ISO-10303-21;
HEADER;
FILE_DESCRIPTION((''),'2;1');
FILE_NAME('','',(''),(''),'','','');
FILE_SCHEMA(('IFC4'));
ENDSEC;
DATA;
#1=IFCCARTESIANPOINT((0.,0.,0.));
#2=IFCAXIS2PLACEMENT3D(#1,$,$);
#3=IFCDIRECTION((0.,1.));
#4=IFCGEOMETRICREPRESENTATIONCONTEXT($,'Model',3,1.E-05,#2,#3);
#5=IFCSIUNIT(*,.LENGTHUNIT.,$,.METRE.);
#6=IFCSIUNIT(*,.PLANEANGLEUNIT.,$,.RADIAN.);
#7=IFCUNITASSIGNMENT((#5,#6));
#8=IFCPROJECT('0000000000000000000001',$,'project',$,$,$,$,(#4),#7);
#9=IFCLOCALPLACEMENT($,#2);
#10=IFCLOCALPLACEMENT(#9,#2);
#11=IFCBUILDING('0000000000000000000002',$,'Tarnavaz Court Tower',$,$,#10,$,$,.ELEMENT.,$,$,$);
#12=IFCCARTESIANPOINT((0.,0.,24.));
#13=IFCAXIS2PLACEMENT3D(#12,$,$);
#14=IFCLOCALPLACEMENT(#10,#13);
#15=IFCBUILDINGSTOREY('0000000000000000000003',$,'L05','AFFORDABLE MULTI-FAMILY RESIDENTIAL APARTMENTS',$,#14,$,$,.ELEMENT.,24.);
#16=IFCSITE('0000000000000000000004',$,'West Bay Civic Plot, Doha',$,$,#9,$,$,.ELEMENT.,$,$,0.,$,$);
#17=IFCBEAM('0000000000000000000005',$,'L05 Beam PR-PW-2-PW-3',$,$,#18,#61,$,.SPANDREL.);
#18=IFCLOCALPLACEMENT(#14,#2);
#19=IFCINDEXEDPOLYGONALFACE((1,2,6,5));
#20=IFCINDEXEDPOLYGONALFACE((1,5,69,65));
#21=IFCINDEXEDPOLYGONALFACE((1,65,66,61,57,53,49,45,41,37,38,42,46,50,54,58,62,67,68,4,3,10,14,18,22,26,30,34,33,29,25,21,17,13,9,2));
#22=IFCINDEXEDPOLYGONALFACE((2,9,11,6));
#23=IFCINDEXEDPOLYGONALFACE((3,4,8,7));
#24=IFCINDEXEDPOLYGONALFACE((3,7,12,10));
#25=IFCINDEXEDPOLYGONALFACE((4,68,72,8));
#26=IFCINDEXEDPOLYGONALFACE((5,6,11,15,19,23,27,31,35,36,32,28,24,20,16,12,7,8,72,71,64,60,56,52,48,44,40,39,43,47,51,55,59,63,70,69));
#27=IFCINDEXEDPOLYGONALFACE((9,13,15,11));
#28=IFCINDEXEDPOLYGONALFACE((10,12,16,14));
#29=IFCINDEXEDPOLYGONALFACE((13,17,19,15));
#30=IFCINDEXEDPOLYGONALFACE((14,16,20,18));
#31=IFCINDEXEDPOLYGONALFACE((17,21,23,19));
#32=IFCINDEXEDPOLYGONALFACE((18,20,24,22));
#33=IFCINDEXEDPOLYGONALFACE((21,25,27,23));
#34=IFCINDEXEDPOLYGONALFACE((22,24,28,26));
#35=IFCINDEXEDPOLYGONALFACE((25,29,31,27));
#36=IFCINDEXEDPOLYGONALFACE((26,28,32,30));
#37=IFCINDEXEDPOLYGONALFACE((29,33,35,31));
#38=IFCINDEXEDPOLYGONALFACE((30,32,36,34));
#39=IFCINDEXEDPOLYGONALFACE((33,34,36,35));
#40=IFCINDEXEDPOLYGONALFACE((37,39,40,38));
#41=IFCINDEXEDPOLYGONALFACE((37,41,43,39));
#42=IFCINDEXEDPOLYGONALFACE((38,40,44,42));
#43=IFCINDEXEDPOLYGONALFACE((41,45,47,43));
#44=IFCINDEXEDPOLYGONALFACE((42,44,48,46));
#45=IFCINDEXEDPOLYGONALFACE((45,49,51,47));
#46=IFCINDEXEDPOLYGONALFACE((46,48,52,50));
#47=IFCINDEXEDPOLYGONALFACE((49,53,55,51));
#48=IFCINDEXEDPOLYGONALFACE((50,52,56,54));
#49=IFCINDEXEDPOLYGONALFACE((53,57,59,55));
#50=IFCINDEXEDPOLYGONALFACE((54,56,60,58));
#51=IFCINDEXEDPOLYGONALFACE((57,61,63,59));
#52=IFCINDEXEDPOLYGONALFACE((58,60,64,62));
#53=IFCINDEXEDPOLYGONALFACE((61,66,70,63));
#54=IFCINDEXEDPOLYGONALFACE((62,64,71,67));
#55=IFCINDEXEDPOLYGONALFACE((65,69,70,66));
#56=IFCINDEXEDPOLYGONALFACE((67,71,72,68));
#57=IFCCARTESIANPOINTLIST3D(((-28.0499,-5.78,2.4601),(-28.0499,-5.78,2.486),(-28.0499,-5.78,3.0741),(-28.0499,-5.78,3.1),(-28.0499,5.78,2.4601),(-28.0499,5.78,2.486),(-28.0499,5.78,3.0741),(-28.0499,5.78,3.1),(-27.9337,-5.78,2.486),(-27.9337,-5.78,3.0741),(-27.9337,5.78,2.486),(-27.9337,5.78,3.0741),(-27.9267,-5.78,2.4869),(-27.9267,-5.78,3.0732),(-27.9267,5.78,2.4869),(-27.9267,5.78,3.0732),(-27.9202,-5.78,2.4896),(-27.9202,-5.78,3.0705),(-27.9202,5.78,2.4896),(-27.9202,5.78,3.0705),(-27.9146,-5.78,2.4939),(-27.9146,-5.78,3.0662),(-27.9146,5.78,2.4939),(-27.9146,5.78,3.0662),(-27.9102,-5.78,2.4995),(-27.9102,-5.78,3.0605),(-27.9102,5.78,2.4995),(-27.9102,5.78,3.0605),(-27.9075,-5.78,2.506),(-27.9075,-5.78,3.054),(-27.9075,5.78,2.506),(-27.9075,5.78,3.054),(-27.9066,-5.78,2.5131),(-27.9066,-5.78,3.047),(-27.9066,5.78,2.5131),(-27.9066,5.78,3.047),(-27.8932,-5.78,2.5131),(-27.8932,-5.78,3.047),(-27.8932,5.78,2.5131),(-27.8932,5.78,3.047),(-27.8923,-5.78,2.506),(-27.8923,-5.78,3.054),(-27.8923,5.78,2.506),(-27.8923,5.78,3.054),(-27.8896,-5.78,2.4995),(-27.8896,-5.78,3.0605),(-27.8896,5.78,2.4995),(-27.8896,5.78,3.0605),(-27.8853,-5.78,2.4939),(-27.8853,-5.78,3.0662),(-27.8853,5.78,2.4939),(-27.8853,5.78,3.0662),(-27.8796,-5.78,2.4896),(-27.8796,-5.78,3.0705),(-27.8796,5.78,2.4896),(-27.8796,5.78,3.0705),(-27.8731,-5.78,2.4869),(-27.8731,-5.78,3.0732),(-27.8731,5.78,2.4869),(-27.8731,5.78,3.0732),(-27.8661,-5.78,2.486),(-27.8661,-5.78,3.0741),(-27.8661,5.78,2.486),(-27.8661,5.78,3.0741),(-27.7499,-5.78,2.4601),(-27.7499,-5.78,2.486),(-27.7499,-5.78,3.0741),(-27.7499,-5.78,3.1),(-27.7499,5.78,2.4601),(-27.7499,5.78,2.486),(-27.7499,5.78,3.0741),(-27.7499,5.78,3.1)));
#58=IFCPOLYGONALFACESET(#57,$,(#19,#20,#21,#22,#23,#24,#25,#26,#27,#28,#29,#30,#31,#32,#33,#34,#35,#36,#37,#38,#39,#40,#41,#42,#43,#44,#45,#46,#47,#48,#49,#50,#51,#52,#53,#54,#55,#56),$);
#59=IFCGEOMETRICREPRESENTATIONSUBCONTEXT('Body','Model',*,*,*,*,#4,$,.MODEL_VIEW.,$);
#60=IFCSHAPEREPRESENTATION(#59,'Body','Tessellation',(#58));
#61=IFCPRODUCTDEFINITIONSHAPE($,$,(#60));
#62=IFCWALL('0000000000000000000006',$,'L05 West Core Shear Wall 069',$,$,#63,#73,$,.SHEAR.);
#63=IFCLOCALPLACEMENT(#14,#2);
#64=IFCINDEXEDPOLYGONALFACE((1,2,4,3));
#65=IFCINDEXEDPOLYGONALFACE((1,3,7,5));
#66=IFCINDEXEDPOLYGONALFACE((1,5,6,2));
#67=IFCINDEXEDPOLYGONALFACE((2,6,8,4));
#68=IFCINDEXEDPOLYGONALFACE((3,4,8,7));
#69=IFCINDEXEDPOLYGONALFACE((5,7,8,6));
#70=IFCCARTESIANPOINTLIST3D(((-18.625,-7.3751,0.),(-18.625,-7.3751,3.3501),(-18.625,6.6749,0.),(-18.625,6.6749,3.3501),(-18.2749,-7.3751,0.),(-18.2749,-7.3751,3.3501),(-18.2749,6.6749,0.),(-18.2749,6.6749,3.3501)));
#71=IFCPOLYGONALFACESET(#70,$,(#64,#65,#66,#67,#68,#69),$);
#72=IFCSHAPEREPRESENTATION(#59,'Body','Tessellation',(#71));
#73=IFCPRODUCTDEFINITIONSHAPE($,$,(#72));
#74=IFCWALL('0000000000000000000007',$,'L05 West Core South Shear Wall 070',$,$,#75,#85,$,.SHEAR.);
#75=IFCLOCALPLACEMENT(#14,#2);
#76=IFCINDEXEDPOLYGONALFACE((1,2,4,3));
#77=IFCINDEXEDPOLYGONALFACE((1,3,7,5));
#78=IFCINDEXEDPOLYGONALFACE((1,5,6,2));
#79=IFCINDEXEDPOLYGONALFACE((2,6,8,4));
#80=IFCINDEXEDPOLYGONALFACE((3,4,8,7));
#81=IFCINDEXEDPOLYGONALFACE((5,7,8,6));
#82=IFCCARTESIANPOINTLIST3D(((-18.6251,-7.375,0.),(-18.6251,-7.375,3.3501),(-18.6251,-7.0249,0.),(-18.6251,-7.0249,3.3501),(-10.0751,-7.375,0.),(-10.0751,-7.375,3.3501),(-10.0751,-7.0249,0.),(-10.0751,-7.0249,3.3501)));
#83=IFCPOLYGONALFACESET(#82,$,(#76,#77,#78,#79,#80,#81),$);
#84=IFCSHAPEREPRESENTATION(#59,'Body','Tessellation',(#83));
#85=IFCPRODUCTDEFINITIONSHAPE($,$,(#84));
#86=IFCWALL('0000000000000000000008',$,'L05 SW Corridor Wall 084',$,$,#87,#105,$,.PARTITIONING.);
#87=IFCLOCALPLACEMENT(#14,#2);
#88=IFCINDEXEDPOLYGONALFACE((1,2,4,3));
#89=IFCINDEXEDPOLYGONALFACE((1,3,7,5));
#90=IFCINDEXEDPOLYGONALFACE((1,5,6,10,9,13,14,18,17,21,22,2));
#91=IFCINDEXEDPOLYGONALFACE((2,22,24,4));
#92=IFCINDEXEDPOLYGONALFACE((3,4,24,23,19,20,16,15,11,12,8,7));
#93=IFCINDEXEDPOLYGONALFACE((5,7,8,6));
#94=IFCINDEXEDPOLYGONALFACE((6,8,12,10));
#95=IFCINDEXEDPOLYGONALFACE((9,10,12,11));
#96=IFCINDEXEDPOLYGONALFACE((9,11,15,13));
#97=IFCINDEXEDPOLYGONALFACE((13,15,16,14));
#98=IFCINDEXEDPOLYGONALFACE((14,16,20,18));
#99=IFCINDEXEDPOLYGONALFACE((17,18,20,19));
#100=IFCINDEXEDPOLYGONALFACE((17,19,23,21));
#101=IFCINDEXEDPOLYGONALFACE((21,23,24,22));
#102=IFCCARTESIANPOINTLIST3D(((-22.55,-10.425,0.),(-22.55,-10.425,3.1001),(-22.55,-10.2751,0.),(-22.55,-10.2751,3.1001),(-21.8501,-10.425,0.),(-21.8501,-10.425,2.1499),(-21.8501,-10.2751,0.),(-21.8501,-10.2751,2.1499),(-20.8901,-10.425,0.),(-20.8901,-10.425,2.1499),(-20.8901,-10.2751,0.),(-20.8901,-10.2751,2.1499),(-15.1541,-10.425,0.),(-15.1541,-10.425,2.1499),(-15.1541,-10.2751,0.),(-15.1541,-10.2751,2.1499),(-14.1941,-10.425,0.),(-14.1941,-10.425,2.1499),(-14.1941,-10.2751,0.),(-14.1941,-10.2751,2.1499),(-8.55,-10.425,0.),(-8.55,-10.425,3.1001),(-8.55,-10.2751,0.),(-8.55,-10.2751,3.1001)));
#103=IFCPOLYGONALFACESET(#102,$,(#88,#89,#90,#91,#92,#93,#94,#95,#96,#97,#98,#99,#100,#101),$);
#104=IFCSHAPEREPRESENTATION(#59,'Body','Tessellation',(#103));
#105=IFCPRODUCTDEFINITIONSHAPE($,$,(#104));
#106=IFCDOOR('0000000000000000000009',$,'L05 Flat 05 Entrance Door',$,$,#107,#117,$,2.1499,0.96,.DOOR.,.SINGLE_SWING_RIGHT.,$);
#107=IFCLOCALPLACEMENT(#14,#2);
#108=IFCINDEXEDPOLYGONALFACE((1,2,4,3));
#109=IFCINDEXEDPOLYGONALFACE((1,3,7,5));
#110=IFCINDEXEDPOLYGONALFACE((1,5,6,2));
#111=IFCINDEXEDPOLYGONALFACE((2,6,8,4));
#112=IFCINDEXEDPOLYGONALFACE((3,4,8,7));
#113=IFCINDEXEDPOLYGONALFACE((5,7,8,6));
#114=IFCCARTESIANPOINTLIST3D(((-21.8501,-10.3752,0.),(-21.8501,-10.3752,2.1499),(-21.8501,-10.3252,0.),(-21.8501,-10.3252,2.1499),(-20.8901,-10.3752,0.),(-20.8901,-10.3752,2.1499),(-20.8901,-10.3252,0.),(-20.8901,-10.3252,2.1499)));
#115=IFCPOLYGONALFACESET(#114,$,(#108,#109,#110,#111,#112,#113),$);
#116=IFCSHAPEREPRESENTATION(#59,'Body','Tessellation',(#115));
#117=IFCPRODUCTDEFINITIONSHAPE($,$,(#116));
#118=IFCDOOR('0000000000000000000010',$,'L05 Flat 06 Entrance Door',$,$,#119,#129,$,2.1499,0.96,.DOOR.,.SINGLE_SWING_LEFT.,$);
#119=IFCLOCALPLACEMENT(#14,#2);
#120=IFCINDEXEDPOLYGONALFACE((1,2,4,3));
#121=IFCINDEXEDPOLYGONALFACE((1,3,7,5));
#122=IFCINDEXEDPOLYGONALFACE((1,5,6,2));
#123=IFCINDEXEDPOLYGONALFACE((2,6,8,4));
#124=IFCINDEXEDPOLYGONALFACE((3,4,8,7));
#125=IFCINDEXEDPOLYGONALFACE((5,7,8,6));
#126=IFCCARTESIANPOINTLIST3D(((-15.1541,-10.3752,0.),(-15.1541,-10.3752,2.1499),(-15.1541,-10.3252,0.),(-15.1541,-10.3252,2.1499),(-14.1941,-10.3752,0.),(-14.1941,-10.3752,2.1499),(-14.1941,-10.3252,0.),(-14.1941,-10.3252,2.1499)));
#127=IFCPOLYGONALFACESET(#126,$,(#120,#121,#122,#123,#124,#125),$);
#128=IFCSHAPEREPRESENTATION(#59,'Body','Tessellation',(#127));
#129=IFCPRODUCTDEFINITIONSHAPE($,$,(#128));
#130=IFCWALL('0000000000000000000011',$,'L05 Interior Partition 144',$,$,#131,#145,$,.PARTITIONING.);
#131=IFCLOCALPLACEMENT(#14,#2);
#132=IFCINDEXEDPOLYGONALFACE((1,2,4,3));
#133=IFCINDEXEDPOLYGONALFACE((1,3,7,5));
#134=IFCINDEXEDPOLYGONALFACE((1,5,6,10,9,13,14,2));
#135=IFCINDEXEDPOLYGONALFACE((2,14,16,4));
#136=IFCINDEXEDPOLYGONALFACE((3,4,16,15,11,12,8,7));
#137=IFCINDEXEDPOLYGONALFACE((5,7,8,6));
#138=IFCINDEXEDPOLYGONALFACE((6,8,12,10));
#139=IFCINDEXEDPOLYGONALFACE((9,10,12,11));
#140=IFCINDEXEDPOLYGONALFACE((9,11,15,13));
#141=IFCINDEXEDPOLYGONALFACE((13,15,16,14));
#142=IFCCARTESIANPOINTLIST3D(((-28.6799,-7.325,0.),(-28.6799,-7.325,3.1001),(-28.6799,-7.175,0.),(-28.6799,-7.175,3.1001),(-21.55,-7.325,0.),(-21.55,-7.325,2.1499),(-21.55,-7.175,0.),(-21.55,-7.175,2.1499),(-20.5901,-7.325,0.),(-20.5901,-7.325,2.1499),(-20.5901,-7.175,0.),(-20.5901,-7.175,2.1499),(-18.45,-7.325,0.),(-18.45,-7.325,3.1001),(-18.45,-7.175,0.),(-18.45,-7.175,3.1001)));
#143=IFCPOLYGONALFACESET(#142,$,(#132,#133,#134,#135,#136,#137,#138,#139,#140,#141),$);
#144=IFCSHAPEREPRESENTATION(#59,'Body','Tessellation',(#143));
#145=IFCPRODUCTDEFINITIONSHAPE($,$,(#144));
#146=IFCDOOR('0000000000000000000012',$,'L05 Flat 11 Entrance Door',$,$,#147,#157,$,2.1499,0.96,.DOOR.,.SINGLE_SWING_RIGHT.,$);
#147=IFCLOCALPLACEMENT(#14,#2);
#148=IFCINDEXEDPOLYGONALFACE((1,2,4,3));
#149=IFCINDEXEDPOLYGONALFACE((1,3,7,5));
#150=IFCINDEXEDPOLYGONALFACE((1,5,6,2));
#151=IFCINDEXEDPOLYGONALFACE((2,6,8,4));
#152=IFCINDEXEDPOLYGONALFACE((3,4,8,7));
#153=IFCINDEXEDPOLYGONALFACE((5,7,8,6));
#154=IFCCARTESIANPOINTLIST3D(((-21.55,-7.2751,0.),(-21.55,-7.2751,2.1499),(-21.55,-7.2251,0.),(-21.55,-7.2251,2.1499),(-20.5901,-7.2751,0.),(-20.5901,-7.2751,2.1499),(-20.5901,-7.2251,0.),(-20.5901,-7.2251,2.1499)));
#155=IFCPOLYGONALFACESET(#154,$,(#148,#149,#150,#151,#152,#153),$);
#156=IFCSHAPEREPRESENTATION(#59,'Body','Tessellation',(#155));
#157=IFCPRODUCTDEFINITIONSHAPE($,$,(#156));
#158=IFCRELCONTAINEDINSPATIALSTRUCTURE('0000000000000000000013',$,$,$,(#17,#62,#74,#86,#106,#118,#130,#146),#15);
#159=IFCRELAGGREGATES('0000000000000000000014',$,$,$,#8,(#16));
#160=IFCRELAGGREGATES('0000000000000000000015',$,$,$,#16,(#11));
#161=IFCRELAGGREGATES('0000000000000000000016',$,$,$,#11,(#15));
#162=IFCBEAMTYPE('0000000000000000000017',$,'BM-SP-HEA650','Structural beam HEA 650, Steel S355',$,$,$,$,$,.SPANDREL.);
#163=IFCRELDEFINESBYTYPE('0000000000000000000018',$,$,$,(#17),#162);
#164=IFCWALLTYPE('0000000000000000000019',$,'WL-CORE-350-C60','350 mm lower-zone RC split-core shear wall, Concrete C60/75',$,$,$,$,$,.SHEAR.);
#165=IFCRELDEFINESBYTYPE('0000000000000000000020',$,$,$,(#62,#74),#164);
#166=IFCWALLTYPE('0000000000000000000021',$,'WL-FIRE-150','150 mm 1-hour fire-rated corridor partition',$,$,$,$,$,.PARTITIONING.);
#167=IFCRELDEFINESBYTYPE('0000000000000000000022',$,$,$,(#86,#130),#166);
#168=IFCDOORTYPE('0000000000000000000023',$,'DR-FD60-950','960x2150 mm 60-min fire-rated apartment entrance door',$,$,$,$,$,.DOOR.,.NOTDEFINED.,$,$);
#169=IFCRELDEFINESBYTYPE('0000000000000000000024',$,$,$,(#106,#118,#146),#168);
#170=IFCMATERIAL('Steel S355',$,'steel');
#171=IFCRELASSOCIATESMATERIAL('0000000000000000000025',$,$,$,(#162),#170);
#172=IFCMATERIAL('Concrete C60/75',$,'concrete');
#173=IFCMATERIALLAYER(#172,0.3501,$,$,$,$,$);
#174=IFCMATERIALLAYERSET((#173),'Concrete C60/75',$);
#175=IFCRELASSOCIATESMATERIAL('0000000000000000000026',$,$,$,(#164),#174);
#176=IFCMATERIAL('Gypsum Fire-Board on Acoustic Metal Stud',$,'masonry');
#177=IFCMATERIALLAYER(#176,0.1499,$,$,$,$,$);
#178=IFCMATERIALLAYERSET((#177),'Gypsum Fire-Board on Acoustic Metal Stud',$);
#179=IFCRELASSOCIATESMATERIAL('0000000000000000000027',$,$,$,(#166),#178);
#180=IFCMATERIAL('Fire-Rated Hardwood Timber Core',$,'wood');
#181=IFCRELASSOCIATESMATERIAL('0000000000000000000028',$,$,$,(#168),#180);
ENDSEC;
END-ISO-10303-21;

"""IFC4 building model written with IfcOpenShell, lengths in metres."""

from ifc_helpers import new_model, si_unit, direction, frame, frame_2d, origin, origin_2d, place, context, subcontext, project, spatial, rectangle, i_section, extrude, material, layer, layer_set, material_profile, profile_set, type_object, element, fill, save


model = new_model("IFC4")

# Units and contexts
model_context = context("Model", 3, precision=1e-05, world=origin(), true_north=direction((0.0, 1.0)))
body_context = subcontext(model_context, "Body", "Model", "MODEL_VIEW")
ifc_project = project(units=[si_unit("LENGTHUNIT", "METRE"), si_unit("PLANEANGLEUNIT", "RADIAN")], contexts=[model_context])

# Site, building, storey
site_placement = place(None, origin())
site = spatial("IfcSite", under=ifc_project, at=site_placement, Name="West Bay Civic Plot, Doha", CompositionType="ELEMENT", RefElevation=0.0)
building_placement = place(site_placement, origin())
building = spatial("IfcBuilding", under=site, at=building_placement, Name="Tarnavaz Court Tower", CompositionType="ELEMENT")
storey_placement = place(building_placement, frame((0.0, 0.0, 24.0)))
storey = spatial("IfcBuildingStorey", under=building, at=storey_placement, Name="L05", Description="AFFORDABLE MULTI-FAMILY RESIDENTIAL APARTMENTS", CompositionType="ELEMENT", Elevation=24.0)

# Shared definitions
ifc_material_1 = material(Name="Concrete C60/75", Category="concrete")

# Beam
ifc_material_2 = material(Name="Steel S355", Category="steel")
ifc_material_profile_1 = material_profile(ifc_material_2, i_section(OverallWidth=0.3, OverallDepth=0.6399, WebThickness=0.0134, FlangeThickness=0.0259, FilletRadius=0.0271, at=origin_2d()), Name="HEA 650")
ifc_profile_set_1 = profile_set([ifc_material_profile_1], Name="Steel S355")
beam_type_1 = type_object("IfcBeamType", Name="BM-SP-HEA650", Description="Structural beam HEA 650, Steel S355", PredefinedType="SPANDREL", material=ifc_profile_set_1)
beam_1_placement = place(storey_placement, frame((-27.8999, -5.78, 2.78), z_axis=(0.0, 1.0, 0.0), x_axis=(-1.0, 0.0, 0.0)))
element("IfcBeam", 1, at=beam_1_placement, inside=storey, type_object=beam_type_1, Name="L05 Beam PR-PW-2-PW-3", PredefinedType="SPANDREL", context=body_context, shape_type="SweptSolid", body=[
    extrude(i_section(OverallWidth=0.3, OverallDepth=0.6399, WebThickness=0.0134, FlangeThickness=0.0259, FilletRadius=0.0271, at=origin_2d()), origin(), (0.0, 0.0, 1.0), 11.5601),
])

# Walls
ifc_layer_1 = layer(ifc_material_1, 0.3501)
ifc_layer_set_1 = layer_set([ifc_layer_1], Name="Concrete C60/75")
wall_type_1 = type_object("IfcWallType", Name="WL-CORE-350-C60", Description="350 mm lower-zone RC split-core shear wall, Concrete C60/75", PredefinedType="SHEAR", material=ifc_layer_set_1)
wall_1_placement = place(storey_placement, frame((-18.45, -7.375, 0.0), z_axis=(0.0, 0.0, 1.0), x_axis=(0.0, 1.0, 0.0)))
element("IfcWall", 2, at=wall_1_placement, inside=storey, type_object=wall_type_1, Name="L05 West Core Shear Wall 069", PredefinedType="SHEAR", context=body_context, shape_type="SweptSolid", body=[
    extrude(rectangle(XDim=14.05, YDim=0.3501, at=frame_2d((7.0249, 0.0))), origin(), (0.0, 0.0, 1.0), 3.3501),
])
wall_2_placement = place(storey_placement, frame((-18.625, -7.2, 0.0), z_axis=(0.0, 0.0, 1.0), x_axis=(1.0, 0.0, 0.0)))
element("IfcWall", 3, at=wall_2_placement, inside=storey, type_object=wall_type_1, Name="L05 West Core South Shear Wall 070", PredefinedType="SHEAR", context=body_context, shape_type="SweptSolid", body=[
    extrude(rectangle(XDim=8.55, YDim=0.3501, at=frame_2d((4.2749, 0.0))), origin(), (0.0, 0.0, 1.0), 3.3501),
])

# Wall, openings, doors
ifc_material_3 = material(Name="Gypsum Fire-Board on Acoustic Metal Stud", Category="masonry")
ifc_layer_2 = layer(ifc_material_3, 0.1499)
ifc_layer_set_2 = layer_set([ifc_layer_2], Name="Gypsum Fire-Board on Acoustic Metal Stud")
wall_type_2 = type_object("IfcWallType", Name="WL-FIRE-150", Description="150 mm 1-hour fire-rated corridor partition", PredefinedType="PARTITIONING", material=ifc_layer_set_2)
wall_3_placement = place(storey_placement, frame((-22.55, -10.3501, 0.0), z_axis=(0.0, 0.0, 1.0), x_axis=(1.0, 0.0, 0.0)))
wall_3 = element("IfcWall", 4, at=wall_3_placement, inside=storey, type_object=wall_type_2, Name="L05 SW Corridor Wall 084", PredefinedType="PARTITIONING", context=body_context, shape_type="SweptSolid", body=[
    extrude(rectangle(XDim=14.0, YDim=0.1499, at=frame_2d((7.0, 0.0))), origin(), (0.0, 0.0, 1.0), 3.1001),
])
opening_1_placement = place(wall_3_placement, frame((0.7, 0.0, 0.0)))
opening_1 = element("IfcOpeningElement", 5, at=opening_1_placement, cuts=wall_3, PredefinedType="OPENING", context=body_context, shape_type="SweptSolid", body=[
    extrude(rectangle(XDim=0.96, YDim=2.1499, at=frame_2d((0.48, 1.075))), frame((0.0, 0.085, 0.0), z_axis=(0.0, -1.0, 0.0), x_axis=(1.0, 0.0, 0.0)), (0.0, 0.0, 1.0), 0.1699),
])
opening_2_placement = place(wall_3_placement, frame((7.396, 0.0, 0.0)))
opening_2 = element("IfcOpeningElement", 6, at=opening_2_placement, cuts=wall_3, PredefinedType="OPENING", context=body_context, shape_type="SweptSolid", body=[
    extrude(rectangle(XDim=0.96, YDim=2.1499, at=frame_2d((0.48, 1.075))), frame((0.0, 0.085, 0.0), z_axis=(0.0, -1.0, 0.0), x_axis=(1.0, 0.0, 0.0)), (0.0, 0.0, 1.0), 0.1699),
])
ifc_material_4 = material(Name="Fire-Rated Hardwood Timber Core", Category="wood")
door_type_1 = type_object("IfcDoorType", Name="DR-FD60-950", Description="960x2150 mm 60-min fire-rated apartment entrance door", OperationType="NOTDEFINED", PredefinedType="DOOR", material=ifc_material_4)
door_1_placement = place(opening_1_placement, origin())
door_1 = element("IfcDoor", 7, at=door_1_placement, inside=storey, type_object=door_type_1, Name="L05 Flat 05 Entrance Door", OperationType="SINGLE_SWING_RIGHT", OverallHeight=2.1499, OverallWidth=0.96, PredefinedType="DOOR", context=body_context, shape_type="SweptSolid", body=[
    extrude(rectangle(XDim=0.96, YDim=2.1499, at=frame_2d((0.48, 1.075))), frame((0.0, 0.0249, 0.0), z_axis=(0.0, -1.0, 0.0), x_axis=(1.0, 0.0, 0.0)), (0.0, 0.0, 1.0), 0.05),
])
fill(opening_1, door_1)
door_2_placement = place(opening_2_placement, origin())
door_2 = element("IfcDoor", 8, at=door_2_placement, inside=storey, type_object=door_type_1, Name="L05 Flat 06 Entrance Door", OperationType="SINGLE_SWING_LEFT", OverallHeight=2.1499, OverallWidth=0.96, PredefinedType="DOOR", context=body_context, shape_type="SweptSolid", body=[
    extrude(rectangle(XDim=0.96, YDim=2.1499, at=frame_2d((0.48, 1.075))), frame((0.0, 0.0249, 0.0), z_axis=(0.0, -1.0, 0.0), x_axis=(1.0, 0.0, 0.0)), (0.0, 0.0, 1.0), 0.05),
])
fill(opening_2, door_2)

# Wall, opening, door
wall_4_placement = place(storey_placement, frame((-28.6799, -7.25, 0.0), z_axis=(0.0, 0.0, 1.0), x_axis=(1.0, 0.0, 0.0)))
wall_4 = element("IfcWall", 9, at=wall_4_placement, inside=storey, type_object=wall_type_2, Name="L05 Interior Partition 144", PredefinedType="PARTITIONING", context=body_context, shape_type="SweptSolid", body=[
    extrude(rectangle(XDim=10.23, YDim=0.1499, at=frame_2d((5.115, 0.0))), origin(), (0.0, 0.0, 1.0), 3.1001),
])
opening_3_placement = place(wall_4_placement, frame((7.1299, 0.0, 0.0)))
opening_3 = element("IfcOpeningElement", 10, at=opening_3_placement, cuts=wall_4, PredefinedType="OPENING", context=body_context, shape_type="SweptSolid", body=[
    extrude(rectangle(XDim=0.96, YDim=2.1499, at=frame_2d((0.48, 1.075))), frame((0.0, 0.085, 0.0), z_axis=(0.0, -1.0, 0.0), x_axis=(1.0, 0.0, 0.0)), (0.0, 0.0, 1.0), 0.1699),
])
door_3_placement = place(opening_3_placement, origin())
door_3 = element("IfcDoor", 11, at=door_3_placement, inside=storey, type_object=door_type_1, Name="L05 Flat 11 Entrance Door", OperationType="SINGLE_SWING_RIGHT", OverallHeight=2.1499, OverallWidth=0.96, PredefinedType="DOOR", context=body_context, shape_type="SweptSolid", body=[
    extrude(rectangle(XDim=0.96, YDim=2.1499, at=frame_2d((0.48, 1.075))), frame((0.0, 0.0249, 0.0), z_axis=(0.0, -1.0, 0.0), x_axis=(1.0, 0.0, 0.0)), (0.0, 0.0, 1.0), 0.05),
])
fill(opening_3, door_3)

save(model, "model.ifc")
